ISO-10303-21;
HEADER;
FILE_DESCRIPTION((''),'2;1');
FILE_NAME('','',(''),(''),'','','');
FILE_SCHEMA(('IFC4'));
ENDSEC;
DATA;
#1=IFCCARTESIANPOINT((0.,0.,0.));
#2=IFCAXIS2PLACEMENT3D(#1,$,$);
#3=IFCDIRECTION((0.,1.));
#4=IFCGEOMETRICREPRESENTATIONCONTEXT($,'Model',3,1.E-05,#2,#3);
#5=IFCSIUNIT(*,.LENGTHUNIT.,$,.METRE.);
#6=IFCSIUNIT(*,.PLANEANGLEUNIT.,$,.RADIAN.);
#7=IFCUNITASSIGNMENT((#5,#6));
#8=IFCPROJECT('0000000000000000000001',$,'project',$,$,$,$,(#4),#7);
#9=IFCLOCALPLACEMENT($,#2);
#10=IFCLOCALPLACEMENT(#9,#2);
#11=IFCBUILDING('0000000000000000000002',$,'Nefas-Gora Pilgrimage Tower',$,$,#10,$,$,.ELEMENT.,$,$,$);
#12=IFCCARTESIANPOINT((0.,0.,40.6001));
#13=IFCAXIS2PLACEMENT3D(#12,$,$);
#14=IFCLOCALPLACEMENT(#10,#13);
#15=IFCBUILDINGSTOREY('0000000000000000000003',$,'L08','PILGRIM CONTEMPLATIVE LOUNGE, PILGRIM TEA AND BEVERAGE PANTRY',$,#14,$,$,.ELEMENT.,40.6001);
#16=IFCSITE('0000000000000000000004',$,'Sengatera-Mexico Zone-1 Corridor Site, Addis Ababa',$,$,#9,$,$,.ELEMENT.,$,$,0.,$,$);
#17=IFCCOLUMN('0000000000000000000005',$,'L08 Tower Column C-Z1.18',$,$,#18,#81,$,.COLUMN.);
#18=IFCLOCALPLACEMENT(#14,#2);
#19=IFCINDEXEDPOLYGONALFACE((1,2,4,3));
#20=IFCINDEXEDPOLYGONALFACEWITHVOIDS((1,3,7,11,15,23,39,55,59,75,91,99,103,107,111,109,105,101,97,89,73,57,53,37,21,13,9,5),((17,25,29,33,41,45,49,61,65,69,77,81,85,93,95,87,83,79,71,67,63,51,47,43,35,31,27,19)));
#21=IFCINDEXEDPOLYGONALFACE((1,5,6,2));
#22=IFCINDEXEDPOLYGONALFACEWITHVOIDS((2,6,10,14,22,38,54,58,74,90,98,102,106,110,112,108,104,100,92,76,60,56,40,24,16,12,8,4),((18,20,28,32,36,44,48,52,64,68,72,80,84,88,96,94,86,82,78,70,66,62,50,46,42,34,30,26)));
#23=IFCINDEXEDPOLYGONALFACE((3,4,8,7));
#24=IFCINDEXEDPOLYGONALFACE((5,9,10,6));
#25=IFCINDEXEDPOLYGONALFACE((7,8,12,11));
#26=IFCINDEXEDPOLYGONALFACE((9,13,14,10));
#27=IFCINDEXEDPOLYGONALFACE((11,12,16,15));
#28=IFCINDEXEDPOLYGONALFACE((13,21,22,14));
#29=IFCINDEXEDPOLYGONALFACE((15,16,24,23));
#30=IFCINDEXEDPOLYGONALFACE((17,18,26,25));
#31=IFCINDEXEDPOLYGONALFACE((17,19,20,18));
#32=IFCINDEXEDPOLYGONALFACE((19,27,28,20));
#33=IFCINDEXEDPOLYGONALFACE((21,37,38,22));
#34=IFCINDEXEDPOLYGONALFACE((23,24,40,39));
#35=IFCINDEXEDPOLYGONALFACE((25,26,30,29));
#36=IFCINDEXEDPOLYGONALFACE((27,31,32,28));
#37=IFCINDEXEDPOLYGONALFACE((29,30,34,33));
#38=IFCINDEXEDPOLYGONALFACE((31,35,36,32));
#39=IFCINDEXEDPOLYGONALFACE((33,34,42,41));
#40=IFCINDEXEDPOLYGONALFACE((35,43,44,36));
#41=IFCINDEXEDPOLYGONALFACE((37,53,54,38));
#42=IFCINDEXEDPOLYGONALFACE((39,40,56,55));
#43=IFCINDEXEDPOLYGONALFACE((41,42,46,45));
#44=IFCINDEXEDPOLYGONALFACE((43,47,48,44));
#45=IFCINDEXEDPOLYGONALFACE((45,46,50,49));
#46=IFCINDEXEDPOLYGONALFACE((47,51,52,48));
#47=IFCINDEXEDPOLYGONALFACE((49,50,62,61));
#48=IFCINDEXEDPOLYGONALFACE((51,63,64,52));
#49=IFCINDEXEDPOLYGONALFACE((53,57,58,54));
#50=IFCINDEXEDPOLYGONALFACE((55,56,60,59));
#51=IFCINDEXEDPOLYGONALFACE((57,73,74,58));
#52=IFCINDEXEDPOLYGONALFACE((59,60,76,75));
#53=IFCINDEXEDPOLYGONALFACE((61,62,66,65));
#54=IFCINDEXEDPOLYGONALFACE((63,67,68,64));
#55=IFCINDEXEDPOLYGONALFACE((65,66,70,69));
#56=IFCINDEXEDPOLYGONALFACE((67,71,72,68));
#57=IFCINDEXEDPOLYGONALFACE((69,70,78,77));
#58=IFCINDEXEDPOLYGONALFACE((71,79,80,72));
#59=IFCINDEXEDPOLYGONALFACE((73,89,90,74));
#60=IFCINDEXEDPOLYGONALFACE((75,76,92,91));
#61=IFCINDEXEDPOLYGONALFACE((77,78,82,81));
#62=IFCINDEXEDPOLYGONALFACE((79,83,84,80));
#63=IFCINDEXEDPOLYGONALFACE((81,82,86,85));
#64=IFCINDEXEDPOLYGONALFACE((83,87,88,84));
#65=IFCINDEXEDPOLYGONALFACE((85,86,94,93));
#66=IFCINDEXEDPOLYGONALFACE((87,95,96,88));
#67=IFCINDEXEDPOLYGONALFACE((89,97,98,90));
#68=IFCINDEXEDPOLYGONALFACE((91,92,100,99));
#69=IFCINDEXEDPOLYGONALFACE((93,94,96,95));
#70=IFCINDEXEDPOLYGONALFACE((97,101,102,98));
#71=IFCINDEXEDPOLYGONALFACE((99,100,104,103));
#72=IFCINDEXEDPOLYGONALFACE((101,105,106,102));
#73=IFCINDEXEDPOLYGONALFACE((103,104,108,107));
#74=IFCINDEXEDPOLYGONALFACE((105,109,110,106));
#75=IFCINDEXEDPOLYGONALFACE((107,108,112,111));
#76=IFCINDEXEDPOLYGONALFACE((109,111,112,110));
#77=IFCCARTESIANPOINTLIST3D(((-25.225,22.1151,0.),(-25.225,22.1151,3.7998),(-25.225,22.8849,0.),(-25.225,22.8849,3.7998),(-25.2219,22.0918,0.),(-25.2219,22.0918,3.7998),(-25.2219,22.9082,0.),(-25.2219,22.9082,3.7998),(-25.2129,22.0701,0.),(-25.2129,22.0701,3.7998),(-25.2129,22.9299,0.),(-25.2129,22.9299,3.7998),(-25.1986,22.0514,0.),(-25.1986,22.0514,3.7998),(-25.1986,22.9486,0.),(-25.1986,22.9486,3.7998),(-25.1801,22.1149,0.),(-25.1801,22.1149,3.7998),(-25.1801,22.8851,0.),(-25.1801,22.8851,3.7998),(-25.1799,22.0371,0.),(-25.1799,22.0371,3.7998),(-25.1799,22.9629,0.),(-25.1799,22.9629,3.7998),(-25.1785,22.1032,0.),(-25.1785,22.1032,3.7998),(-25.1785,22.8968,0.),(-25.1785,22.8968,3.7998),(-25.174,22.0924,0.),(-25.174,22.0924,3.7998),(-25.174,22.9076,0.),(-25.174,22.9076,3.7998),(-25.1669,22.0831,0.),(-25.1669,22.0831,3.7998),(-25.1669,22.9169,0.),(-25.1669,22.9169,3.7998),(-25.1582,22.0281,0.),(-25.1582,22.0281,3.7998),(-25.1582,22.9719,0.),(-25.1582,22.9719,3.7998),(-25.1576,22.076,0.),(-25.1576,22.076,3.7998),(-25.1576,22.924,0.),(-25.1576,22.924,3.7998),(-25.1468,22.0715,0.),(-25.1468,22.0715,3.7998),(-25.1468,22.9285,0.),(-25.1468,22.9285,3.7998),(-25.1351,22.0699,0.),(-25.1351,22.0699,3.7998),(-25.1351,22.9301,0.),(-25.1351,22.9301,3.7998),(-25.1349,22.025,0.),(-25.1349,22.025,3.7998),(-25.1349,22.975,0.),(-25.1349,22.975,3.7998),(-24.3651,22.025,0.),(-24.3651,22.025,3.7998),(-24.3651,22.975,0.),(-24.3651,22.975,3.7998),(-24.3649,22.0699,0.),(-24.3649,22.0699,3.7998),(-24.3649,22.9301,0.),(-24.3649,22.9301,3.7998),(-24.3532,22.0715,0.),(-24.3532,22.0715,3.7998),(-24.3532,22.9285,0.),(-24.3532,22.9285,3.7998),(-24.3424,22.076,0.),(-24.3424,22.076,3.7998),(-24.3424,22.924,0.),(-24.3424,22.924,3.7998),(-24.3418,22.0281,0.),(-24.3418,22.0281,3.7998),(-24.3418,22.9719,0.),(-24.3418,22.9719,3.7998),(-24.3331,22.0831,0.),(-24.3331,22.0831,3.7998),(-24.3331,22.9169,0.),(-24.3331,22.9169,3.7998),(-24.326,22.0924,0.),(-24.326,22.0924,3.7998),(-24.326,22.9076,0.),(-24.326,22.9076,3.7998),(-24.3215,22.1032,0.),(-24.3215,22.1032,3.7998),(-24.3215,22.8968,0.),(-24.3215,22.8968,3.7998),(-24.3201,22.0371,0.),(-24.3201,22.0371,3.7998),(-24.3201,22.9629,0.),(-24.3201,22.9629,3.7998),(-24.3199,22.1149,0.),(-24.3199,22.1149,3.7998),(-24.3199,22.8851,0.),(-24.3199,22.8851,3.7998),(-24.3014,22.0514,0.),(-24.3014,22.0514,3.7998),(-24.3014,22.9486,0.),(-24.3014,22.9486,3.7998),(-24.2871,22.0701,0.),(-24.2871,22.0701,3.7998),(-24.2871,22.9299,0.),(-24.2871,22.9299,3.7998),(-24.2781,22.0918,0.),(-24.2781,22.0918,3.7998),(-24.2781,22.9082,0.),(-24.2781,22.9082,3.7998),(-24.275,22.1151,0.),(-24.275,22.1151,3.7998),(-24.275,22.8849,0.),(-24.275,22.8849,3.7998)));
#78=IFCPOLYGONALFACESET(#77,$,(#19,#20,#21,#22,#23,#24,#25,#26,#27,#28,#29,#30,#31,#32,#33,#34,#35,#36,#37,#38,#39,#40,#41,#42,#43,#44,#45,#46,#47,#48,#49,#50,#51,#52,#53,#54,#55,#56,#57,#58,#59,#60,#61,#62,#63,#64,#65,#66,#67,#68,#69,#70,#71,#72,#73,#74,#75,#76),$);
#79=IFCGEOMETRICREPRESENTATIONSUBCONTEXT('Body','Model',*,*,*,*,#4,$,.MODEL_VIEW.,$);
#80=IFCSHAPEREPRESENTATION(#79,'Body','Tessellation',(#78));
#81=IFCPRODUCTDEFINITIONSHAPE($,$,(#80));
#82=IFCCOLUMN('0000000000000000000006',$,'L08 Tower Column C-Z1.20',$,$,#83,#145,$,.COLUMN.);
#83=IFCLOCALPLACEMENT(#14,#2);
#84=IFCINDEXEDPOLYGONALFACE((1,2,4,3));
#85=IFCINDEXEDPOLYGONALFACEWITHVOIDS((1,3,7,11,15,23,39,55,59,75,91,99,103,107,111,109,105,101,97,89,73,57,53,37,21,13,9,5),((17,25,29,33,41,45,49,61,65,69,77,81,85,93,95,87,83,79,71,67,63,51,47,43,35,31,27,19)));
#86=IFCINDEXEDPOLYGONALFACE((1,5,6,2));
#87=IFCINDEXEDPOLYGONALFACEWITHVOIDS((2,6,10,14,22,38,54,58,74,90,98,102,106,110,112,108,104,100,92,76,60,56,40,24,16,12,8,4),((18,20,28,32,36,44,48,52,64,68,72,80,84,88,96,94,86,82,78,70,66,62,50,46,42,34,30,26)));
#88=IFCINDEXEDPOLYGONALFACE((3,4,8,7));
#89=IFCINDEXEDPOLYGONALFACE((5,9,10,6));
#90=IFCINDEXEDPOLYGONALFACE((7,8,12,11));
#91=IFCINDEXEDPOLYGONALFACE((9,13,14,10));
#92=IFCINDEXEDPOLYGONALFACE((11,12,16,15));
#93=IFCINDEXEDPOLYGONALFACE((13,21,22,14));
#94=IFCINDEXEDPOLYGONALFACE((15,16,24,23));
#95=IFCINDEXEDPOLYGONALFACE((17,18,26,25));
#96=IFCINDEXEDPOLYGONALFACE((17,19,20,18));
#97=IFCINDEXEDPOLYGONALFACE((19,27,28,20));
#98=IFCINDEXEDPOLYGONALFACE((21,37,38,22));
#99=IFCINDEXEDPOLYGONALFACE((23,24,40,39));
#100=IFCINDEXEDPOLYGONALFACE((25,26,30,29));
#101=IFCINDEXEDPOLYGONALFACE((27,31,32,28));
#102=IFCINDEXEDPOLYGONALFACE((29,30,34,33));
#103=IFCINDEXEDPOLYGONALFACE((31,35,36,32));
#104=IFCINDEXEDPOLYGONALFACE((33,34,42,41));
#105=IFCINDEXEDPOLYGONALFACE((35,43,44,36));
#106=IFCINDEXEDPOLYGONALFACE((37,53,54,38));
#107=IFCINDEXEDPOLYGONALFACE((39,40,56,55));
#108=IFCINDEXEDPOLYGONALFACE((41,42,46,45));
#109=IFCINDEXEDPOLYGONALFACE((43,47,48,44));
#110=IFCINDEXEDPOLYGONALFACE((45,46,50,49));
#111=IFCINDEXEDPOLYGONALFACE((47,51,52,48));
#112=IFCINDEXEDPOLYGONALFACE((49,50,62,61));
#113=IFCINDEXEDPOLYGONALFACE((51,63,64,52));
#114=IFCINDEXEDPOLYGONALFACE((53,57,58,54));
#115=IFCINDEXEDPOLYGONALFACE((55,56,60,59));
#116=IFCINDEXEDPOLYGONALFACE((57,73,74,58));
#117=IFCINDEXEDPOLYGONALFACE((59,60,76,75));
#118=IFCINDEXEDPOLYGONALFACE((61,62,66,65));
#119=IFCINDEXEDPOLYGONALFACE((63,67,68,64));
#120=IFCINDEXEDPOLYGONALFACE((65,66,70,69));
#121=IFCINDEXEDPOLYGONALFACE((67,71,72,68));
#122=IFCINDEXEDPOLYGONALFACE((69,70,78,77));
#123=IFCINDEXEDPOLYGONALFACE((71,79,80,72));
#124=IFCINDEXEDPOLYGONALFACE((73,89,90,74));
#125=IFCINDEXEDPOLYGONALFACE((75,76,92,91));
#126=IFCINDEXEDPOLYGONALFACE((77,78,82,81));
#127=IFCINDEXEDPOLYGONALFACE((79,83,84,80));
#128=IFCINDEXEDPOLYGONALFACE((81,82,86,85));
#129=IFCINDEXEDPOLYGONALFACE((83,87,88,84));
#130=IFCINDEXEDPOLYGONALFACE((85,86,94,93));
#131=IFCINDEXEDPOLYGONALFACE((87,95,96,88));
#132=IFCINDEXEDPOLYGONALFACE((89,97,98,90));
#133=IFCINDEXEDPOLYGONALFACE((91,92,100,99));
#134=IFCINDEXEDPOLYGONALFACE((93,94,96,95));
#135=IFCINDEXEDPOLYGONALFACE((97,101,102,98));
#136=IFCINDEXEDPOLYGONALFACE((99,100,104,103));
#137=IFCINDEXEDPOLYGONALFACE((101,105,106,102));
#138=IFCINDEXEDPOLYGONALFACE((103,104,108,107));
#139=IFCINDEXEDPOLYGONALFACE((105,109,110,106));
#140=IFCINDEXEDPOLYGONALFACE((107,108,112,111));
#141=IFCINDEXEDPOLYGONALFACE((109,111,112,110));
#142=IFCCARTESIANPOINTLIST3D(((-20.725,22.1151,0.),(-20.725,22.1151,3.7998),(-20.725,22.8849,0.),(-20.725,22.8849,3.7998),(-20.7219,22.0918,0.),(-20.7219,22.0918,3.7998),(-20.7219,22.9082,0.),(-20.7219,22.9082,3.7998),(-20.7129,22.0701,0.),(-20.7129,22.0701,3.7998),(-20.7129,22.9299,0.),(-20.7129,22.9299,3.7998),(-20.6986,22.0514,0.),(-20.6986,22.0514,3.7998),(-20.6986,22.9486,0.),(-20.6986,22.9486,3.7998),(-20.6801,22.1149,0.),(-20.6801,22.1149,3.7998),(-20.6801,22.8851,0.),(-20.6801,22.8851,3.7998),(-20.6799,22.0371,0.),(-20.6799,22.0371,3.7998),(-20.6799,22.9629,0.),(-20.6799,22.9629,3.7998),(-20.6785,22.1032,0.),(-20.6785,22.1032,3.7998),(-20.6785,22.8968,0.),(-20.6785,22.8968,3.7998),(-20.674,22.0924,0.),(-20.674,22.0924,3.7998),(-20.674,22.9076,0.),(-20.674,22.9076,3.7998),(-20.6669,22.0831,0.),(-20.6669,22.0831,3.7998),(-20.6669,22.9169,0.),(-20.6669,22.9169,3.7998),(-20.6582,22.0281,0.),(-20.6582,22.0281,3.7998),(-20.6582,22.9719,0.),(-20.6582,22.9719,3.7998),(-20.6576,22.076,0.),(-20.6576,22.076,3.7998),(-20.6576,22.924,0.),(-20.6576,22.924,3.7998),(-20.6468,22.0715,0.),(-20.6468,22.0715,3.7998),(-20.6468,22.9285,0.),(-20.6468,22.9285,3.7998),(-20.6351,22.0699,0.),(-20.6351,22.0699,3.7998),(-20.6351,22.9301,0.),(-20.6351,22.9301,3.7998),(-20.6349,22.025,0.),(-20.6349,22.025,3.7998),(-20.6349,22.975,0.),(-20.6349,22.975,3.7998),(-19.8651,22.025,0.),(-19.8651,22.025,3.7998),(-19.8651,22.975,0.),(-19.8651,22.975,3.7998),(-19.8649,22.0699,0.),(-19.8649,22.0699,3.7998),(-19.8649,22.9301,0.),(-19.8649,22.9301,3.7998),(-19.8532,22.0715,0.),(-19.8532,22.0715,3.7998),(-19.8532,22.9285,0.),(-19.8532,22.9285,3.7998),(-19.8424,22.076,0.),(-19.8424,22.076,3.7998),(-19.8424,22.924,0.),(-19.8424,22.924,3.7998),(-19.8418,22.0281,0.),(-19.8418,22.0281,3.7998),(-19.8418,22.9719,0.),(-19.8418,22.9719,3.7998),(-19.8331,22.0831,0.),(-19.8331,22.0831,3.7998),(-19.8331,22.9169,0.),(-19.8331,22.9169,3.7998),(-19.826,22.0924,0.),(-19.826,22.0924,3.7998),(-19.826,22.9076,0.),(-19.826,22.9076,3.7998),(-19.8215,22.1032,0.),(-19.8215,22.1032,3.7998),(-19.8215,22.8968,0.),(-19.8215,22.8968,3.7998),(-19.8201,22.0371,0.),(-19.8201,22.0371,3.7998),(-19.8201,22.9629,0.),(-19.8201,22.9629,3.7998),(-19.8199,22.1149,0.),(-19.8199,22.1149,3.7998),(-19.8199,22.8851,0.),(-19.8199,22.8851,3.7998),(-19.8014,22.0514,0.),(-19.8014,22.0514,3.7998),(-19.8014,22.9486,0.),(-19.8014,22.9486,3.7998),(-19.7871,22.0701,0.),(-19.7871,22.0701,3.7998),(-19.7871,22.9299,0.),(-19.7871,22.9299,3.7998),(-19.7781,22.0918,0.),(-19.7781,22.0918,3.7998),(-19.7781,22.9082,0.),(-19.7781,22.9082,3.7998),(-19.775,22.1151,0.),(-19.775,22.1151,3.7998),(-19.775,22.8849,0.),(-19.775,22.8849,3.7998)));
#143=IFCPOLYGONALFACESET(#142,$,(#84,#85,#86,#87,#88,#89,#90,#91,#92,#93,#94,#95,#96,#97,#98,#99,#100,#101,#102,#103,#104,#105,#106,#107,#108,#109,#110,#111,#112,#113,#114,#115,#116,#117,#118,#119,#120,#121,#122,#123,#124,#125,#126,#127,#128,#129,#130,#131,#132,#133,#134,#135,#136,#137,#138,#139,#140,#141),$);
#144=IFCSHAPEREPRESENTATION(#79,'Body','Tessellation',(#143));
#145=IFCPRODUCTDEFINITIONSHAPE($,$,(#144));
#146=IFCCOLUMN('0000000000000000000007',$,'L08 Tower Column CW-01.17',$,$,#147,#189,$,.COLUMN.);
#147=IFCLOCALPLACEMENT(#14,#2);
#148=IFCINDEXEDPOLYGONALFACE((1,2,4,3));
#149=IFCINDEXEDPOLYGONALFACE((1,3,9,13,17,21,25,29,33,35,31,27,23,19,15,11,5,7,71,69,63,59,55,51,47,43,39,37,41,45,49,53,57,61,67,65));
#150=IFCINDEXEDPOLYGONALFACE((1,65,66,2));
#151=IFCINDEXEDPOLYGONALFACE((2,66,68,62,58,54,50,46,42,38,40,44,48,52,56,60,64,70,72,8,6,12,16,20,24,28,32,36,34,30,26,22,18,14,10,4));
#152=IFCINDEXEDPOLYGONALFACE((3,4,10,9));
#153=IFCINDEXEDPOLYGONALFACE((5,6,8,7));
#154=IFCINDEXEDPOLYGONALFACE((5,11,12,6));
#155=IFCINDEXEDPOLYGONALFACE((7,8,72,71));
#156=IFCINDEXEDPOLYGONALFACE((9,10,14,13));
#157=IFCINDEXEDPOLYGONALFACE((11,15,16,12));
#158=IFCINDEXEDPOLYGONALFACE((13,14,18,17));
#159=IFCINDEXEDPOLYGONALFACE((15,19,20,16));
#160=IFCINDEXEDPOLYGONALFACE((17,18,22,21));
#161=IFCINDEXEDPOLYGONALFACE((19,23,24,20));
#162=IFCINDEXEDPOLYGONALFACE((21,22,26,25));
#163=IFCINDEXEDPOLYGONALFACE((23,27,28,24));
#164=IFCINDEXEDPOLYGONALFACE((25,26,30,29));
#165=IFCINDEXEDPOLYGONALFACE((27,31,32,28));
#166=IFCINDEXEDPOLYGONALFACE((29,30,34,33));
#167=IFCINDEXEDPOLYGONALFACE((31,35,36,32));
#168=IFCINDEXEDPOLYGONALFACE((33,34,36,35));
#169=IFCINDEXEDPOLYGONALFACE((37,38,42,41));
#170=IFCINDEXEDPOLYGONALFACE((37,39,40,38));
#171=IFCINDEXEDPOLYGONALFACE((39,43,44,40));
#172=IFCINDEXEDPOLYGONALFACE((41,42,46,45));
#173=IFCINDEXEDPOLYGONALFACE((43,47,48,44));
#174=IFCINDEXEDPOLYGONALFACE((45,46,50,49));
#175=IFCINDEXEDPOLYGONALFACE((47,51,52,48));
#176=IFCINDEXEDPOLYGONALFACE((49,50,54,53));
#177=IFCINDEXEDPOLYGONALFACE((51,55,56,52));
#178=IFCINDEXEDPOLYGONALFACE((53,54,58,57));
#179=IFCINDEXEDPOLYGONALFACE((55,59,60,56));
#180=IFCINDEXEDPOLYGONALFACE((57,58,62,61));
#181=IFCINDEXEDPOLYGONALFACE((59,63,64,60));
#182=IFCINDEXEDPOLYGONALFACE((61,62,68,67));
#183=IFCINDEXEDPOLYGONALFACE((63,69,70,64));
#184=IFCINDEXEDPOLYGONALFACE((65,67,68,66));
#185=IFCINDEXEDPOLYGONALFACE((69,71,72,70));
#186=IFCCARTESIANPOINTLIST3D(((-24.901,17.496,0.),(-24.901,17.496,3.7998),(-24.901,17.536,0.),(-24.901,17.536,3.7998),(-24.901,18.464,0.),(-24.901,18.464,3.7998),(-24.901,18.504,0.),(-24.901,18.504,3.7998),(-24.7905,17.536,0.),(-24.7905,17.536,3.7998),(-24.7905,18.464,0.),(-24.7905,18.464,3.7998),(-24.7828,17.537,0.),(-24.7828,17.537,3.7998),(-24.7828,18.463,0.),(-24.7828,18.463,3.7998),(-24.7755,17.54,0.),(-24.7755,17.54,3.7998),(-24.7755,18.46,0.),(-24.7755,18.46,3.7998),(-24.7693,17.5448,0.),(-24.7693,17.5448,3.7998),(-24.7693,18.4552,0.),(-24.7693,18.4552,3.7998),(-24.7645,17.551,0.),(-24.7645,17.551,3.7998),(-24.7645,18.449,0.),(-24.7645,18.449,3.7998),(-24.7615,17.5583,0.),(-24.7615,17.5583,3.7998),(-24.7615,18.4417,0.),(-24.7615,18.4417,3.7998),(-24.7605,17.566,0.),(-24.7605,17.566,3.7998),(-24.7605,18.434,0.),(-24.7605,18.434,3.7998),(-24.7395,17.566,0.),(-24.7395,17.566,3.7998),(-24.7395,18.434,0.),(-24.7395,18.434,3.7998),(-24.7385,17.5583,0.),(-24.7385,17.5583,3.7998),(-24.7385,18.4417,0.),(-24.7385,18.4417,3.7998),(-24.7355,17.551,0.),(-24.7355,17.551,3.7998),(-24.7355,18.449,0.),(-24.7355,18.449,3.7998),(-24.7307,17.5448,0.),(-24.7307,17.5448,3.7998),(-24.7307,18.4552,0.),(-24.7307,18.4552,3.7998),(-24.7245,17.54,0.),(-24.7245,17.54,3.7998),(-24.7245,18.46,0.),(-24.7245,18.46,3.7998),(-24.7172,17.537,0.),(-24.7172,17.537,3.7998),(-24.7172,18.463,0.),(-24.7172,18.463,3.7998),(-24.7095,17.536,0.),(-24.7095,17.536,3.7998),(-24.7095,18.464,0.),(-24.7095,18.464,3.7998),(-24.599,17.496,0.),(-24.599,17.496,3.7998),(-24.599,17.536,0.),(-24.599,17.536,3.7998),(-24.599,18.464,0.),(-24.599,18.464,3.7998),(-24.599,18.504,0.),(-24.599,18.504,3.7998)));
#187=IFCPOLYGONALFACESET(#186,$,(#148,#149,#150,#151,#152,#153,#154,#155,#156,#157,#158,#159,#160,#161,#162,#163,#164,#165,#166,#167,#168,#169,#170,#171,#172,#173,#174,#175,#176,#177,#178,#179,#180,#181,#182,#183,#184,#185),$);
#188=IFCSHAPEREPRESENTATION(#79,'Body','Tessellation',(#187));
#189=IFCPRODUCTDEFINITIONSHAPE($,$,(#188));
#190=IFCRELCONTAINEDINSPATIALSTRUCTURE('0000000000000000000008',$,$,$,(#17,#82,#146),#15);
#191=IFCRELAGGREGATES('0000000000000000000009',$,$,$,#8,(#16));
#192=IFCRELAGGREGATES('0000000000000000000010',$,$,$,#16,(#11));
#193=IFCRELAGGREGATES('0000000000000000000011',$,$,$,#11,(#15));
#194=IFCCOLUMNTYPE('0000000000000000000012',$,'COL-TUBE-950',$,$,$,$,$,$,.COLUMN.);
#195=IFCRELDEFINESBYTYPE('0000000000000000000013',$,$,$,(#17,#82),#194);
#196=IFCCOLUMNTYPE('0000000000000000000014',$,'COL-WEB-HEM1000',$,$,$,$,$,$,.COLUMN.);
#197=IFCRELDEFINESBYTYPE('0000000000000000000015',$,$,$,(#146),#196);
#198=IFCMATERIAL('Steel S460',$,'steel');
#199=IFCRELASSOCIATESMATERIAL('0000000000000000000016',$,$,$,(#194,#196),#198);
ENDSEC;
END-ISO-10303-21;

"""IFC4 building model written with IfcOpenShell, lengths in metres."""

from ifc_helpers import new_model, si_unit, direction, frame, origin, origin_2d, place, context, subcontext, project, spatial, hollow_rectangle, i_section, extrude, source, transform, mapped, material, material_profile, profile_set, type_object, element, save


model = new_model("IFC4")

# Units and contexts
model_context = context("Model", 3, precision=1e-05, world=origin(), true_north=direction((0.0, 1.0)))
body_context = subcontext(model_context, "Body", "Model", "MODEL_VIEW")
ifc_project = project(units=[si_unit("LENGTHUNIT", "METRE"), si_unit("PLANEANGLEUNIT", "RADIAN")], contexts=[model_context])

# Site, building, storey
site_placement = place(None, origin())
site = spatial("IfcSite", under=ifc_project, at=site_placement, Name="Sengatera-Mexico Zone-1 Corridor Site, Addis Ababa", CompositionType="ELEMENT", RefElevation=0.0)
building_placement = place(site_placement, origin())
building = spatial("IfcBuilding", under=site, at=building_placement, Name="Nefas-Gora Pilgrimage Tower", CompositionType="ELEMENT")
storey_placement = place(building_placement, frame((0.0, 0.0, 40.6001)))
storey = spatial("IfcBuildingStorey", under=building, at=storey_placement, Name="L08", Description="PILGRIM CONTEMPLATIVE LOUNGE, PILGRIM TEA AND BEVERAGE PANTRY", CompositionType="ELEMENT", Elevation=40.6001)

# Columns
ifc_material_1 = material(Name="Steel S460", Category="steel")
ifc_material_profile_1 = material_profile(ifc_material_1, hollow_rectangle(XDim=0.95, YDim=0.95, WallThickness=0.0449, InnerFilletRadius=0.0449, OuterFilletRadius=0.0901, at=origin_2d()), Name="BOX 950x950x45")
ifc_profile_set_1 = profile_set([ifc_material_profile_1], Name="Steel S460")
column_type_1 = type_object("IfcColumnType", Name="COL-TUBE-950", PredefinedType="COLUMN", material=ifc_profile_set_1)
shared_shape_1 = source(origin(), body_context, "Body", "SweptSolid", [
    extrude(hollow_rectangle(XDim=0.95, YDim=0.95, WallThickness=0.0449, InnerFilletRadius=0.0449, OuterFilletRadius=0.0901, at=origin_2d()), origin(), (0.0, 0.0, 1.0), 3.7998),
])
for number, where, z_axis, x_axis, name in (
    (1, (-24.75, 22.5, 0.0), (0.0, 0.0, 1.0), (1.0, 0.0, 0.0), "L08 Tower Column C-Z1.18"),
    (2, (-20.25, 22.5, 0.0), (0.0, 0.0, 1.0), (1.0, 0.0, 0.0), "L08 Tower Column C-Z1.20"),
):
    element("IfcColumn", number, at=place(storey_placement, frame(where, z_axis=z_axis, x_axis=x_axis)), inside=storey, type_object=column_type_1, Name=name, PredefinedType="COLUMN", context=body_context, shape_type="MappedRepresentation", body=[
        mapped(shared_shape_1, transform((0.0, 0.0, 0.0), x_axis=(1.0, 0.0, 0.0), y_axis=(0.0, 1.0, 0.0), z_axis=(0.0, 0.0, 1.0), scale=1.0)),
    ])
ifc_material_profile_2 = material_profile(ifc_material_1, i_section(OverallWidth=0.302, OverallDepth=1.0081, WebThickness=0.021, FlangeThickness=0.04, FilletRadius=0.03, at=origin_2d()), Name="HEM 1000")
ifc_profile_set_2 = profile_set([ifc_material_profile_2], Name="Steel S460")
column_type_2 = type_object("IfcColumnType", Name="COL-WEB-HEM1000", PredefinedType="COLUMN", material=ifc_profile_set_2)
shared_shape_2 = source(origin(), body_context, "Body", "SweptSolid", [
    extrude(i_section(OverallWidth=0.302, OverallDepth=1.0081, WebThickness=0.021, FlangeThickness=0.04, FilletRadius=0.03, at=origin_2d()), origin(), (0.0, 0.0, 1.0), 3.7998),
])
for number, where, z_axis, x_axis, name in (
    (3, (-24.75, 18.0, 0.0), (0.0, 0.0, 1.0), (1.0, 0.0, 0.0), "L08 Tower Column CW-01.17"),
):
    element("IfcColumn", number, at=place(storey_placement, frame(where, z_axis=z_axis, x_axis=x_axis)), inside=storey, type_object=column_type_2, Name=name, PredefinedType="COLUMN", context=body_context, shape_type="MappedRepresentation", body=[
        mapped(shared_shape_2, transform((0.0, 0.0, 0.0), x_axis=(1.0, 0.0, 0.0), y_axis=(0.0, 1.0, 0.0), z_axis=(0.0, 0.0, 1.0), scale=1.0)),
    ])

save(model, "model.ifc")
